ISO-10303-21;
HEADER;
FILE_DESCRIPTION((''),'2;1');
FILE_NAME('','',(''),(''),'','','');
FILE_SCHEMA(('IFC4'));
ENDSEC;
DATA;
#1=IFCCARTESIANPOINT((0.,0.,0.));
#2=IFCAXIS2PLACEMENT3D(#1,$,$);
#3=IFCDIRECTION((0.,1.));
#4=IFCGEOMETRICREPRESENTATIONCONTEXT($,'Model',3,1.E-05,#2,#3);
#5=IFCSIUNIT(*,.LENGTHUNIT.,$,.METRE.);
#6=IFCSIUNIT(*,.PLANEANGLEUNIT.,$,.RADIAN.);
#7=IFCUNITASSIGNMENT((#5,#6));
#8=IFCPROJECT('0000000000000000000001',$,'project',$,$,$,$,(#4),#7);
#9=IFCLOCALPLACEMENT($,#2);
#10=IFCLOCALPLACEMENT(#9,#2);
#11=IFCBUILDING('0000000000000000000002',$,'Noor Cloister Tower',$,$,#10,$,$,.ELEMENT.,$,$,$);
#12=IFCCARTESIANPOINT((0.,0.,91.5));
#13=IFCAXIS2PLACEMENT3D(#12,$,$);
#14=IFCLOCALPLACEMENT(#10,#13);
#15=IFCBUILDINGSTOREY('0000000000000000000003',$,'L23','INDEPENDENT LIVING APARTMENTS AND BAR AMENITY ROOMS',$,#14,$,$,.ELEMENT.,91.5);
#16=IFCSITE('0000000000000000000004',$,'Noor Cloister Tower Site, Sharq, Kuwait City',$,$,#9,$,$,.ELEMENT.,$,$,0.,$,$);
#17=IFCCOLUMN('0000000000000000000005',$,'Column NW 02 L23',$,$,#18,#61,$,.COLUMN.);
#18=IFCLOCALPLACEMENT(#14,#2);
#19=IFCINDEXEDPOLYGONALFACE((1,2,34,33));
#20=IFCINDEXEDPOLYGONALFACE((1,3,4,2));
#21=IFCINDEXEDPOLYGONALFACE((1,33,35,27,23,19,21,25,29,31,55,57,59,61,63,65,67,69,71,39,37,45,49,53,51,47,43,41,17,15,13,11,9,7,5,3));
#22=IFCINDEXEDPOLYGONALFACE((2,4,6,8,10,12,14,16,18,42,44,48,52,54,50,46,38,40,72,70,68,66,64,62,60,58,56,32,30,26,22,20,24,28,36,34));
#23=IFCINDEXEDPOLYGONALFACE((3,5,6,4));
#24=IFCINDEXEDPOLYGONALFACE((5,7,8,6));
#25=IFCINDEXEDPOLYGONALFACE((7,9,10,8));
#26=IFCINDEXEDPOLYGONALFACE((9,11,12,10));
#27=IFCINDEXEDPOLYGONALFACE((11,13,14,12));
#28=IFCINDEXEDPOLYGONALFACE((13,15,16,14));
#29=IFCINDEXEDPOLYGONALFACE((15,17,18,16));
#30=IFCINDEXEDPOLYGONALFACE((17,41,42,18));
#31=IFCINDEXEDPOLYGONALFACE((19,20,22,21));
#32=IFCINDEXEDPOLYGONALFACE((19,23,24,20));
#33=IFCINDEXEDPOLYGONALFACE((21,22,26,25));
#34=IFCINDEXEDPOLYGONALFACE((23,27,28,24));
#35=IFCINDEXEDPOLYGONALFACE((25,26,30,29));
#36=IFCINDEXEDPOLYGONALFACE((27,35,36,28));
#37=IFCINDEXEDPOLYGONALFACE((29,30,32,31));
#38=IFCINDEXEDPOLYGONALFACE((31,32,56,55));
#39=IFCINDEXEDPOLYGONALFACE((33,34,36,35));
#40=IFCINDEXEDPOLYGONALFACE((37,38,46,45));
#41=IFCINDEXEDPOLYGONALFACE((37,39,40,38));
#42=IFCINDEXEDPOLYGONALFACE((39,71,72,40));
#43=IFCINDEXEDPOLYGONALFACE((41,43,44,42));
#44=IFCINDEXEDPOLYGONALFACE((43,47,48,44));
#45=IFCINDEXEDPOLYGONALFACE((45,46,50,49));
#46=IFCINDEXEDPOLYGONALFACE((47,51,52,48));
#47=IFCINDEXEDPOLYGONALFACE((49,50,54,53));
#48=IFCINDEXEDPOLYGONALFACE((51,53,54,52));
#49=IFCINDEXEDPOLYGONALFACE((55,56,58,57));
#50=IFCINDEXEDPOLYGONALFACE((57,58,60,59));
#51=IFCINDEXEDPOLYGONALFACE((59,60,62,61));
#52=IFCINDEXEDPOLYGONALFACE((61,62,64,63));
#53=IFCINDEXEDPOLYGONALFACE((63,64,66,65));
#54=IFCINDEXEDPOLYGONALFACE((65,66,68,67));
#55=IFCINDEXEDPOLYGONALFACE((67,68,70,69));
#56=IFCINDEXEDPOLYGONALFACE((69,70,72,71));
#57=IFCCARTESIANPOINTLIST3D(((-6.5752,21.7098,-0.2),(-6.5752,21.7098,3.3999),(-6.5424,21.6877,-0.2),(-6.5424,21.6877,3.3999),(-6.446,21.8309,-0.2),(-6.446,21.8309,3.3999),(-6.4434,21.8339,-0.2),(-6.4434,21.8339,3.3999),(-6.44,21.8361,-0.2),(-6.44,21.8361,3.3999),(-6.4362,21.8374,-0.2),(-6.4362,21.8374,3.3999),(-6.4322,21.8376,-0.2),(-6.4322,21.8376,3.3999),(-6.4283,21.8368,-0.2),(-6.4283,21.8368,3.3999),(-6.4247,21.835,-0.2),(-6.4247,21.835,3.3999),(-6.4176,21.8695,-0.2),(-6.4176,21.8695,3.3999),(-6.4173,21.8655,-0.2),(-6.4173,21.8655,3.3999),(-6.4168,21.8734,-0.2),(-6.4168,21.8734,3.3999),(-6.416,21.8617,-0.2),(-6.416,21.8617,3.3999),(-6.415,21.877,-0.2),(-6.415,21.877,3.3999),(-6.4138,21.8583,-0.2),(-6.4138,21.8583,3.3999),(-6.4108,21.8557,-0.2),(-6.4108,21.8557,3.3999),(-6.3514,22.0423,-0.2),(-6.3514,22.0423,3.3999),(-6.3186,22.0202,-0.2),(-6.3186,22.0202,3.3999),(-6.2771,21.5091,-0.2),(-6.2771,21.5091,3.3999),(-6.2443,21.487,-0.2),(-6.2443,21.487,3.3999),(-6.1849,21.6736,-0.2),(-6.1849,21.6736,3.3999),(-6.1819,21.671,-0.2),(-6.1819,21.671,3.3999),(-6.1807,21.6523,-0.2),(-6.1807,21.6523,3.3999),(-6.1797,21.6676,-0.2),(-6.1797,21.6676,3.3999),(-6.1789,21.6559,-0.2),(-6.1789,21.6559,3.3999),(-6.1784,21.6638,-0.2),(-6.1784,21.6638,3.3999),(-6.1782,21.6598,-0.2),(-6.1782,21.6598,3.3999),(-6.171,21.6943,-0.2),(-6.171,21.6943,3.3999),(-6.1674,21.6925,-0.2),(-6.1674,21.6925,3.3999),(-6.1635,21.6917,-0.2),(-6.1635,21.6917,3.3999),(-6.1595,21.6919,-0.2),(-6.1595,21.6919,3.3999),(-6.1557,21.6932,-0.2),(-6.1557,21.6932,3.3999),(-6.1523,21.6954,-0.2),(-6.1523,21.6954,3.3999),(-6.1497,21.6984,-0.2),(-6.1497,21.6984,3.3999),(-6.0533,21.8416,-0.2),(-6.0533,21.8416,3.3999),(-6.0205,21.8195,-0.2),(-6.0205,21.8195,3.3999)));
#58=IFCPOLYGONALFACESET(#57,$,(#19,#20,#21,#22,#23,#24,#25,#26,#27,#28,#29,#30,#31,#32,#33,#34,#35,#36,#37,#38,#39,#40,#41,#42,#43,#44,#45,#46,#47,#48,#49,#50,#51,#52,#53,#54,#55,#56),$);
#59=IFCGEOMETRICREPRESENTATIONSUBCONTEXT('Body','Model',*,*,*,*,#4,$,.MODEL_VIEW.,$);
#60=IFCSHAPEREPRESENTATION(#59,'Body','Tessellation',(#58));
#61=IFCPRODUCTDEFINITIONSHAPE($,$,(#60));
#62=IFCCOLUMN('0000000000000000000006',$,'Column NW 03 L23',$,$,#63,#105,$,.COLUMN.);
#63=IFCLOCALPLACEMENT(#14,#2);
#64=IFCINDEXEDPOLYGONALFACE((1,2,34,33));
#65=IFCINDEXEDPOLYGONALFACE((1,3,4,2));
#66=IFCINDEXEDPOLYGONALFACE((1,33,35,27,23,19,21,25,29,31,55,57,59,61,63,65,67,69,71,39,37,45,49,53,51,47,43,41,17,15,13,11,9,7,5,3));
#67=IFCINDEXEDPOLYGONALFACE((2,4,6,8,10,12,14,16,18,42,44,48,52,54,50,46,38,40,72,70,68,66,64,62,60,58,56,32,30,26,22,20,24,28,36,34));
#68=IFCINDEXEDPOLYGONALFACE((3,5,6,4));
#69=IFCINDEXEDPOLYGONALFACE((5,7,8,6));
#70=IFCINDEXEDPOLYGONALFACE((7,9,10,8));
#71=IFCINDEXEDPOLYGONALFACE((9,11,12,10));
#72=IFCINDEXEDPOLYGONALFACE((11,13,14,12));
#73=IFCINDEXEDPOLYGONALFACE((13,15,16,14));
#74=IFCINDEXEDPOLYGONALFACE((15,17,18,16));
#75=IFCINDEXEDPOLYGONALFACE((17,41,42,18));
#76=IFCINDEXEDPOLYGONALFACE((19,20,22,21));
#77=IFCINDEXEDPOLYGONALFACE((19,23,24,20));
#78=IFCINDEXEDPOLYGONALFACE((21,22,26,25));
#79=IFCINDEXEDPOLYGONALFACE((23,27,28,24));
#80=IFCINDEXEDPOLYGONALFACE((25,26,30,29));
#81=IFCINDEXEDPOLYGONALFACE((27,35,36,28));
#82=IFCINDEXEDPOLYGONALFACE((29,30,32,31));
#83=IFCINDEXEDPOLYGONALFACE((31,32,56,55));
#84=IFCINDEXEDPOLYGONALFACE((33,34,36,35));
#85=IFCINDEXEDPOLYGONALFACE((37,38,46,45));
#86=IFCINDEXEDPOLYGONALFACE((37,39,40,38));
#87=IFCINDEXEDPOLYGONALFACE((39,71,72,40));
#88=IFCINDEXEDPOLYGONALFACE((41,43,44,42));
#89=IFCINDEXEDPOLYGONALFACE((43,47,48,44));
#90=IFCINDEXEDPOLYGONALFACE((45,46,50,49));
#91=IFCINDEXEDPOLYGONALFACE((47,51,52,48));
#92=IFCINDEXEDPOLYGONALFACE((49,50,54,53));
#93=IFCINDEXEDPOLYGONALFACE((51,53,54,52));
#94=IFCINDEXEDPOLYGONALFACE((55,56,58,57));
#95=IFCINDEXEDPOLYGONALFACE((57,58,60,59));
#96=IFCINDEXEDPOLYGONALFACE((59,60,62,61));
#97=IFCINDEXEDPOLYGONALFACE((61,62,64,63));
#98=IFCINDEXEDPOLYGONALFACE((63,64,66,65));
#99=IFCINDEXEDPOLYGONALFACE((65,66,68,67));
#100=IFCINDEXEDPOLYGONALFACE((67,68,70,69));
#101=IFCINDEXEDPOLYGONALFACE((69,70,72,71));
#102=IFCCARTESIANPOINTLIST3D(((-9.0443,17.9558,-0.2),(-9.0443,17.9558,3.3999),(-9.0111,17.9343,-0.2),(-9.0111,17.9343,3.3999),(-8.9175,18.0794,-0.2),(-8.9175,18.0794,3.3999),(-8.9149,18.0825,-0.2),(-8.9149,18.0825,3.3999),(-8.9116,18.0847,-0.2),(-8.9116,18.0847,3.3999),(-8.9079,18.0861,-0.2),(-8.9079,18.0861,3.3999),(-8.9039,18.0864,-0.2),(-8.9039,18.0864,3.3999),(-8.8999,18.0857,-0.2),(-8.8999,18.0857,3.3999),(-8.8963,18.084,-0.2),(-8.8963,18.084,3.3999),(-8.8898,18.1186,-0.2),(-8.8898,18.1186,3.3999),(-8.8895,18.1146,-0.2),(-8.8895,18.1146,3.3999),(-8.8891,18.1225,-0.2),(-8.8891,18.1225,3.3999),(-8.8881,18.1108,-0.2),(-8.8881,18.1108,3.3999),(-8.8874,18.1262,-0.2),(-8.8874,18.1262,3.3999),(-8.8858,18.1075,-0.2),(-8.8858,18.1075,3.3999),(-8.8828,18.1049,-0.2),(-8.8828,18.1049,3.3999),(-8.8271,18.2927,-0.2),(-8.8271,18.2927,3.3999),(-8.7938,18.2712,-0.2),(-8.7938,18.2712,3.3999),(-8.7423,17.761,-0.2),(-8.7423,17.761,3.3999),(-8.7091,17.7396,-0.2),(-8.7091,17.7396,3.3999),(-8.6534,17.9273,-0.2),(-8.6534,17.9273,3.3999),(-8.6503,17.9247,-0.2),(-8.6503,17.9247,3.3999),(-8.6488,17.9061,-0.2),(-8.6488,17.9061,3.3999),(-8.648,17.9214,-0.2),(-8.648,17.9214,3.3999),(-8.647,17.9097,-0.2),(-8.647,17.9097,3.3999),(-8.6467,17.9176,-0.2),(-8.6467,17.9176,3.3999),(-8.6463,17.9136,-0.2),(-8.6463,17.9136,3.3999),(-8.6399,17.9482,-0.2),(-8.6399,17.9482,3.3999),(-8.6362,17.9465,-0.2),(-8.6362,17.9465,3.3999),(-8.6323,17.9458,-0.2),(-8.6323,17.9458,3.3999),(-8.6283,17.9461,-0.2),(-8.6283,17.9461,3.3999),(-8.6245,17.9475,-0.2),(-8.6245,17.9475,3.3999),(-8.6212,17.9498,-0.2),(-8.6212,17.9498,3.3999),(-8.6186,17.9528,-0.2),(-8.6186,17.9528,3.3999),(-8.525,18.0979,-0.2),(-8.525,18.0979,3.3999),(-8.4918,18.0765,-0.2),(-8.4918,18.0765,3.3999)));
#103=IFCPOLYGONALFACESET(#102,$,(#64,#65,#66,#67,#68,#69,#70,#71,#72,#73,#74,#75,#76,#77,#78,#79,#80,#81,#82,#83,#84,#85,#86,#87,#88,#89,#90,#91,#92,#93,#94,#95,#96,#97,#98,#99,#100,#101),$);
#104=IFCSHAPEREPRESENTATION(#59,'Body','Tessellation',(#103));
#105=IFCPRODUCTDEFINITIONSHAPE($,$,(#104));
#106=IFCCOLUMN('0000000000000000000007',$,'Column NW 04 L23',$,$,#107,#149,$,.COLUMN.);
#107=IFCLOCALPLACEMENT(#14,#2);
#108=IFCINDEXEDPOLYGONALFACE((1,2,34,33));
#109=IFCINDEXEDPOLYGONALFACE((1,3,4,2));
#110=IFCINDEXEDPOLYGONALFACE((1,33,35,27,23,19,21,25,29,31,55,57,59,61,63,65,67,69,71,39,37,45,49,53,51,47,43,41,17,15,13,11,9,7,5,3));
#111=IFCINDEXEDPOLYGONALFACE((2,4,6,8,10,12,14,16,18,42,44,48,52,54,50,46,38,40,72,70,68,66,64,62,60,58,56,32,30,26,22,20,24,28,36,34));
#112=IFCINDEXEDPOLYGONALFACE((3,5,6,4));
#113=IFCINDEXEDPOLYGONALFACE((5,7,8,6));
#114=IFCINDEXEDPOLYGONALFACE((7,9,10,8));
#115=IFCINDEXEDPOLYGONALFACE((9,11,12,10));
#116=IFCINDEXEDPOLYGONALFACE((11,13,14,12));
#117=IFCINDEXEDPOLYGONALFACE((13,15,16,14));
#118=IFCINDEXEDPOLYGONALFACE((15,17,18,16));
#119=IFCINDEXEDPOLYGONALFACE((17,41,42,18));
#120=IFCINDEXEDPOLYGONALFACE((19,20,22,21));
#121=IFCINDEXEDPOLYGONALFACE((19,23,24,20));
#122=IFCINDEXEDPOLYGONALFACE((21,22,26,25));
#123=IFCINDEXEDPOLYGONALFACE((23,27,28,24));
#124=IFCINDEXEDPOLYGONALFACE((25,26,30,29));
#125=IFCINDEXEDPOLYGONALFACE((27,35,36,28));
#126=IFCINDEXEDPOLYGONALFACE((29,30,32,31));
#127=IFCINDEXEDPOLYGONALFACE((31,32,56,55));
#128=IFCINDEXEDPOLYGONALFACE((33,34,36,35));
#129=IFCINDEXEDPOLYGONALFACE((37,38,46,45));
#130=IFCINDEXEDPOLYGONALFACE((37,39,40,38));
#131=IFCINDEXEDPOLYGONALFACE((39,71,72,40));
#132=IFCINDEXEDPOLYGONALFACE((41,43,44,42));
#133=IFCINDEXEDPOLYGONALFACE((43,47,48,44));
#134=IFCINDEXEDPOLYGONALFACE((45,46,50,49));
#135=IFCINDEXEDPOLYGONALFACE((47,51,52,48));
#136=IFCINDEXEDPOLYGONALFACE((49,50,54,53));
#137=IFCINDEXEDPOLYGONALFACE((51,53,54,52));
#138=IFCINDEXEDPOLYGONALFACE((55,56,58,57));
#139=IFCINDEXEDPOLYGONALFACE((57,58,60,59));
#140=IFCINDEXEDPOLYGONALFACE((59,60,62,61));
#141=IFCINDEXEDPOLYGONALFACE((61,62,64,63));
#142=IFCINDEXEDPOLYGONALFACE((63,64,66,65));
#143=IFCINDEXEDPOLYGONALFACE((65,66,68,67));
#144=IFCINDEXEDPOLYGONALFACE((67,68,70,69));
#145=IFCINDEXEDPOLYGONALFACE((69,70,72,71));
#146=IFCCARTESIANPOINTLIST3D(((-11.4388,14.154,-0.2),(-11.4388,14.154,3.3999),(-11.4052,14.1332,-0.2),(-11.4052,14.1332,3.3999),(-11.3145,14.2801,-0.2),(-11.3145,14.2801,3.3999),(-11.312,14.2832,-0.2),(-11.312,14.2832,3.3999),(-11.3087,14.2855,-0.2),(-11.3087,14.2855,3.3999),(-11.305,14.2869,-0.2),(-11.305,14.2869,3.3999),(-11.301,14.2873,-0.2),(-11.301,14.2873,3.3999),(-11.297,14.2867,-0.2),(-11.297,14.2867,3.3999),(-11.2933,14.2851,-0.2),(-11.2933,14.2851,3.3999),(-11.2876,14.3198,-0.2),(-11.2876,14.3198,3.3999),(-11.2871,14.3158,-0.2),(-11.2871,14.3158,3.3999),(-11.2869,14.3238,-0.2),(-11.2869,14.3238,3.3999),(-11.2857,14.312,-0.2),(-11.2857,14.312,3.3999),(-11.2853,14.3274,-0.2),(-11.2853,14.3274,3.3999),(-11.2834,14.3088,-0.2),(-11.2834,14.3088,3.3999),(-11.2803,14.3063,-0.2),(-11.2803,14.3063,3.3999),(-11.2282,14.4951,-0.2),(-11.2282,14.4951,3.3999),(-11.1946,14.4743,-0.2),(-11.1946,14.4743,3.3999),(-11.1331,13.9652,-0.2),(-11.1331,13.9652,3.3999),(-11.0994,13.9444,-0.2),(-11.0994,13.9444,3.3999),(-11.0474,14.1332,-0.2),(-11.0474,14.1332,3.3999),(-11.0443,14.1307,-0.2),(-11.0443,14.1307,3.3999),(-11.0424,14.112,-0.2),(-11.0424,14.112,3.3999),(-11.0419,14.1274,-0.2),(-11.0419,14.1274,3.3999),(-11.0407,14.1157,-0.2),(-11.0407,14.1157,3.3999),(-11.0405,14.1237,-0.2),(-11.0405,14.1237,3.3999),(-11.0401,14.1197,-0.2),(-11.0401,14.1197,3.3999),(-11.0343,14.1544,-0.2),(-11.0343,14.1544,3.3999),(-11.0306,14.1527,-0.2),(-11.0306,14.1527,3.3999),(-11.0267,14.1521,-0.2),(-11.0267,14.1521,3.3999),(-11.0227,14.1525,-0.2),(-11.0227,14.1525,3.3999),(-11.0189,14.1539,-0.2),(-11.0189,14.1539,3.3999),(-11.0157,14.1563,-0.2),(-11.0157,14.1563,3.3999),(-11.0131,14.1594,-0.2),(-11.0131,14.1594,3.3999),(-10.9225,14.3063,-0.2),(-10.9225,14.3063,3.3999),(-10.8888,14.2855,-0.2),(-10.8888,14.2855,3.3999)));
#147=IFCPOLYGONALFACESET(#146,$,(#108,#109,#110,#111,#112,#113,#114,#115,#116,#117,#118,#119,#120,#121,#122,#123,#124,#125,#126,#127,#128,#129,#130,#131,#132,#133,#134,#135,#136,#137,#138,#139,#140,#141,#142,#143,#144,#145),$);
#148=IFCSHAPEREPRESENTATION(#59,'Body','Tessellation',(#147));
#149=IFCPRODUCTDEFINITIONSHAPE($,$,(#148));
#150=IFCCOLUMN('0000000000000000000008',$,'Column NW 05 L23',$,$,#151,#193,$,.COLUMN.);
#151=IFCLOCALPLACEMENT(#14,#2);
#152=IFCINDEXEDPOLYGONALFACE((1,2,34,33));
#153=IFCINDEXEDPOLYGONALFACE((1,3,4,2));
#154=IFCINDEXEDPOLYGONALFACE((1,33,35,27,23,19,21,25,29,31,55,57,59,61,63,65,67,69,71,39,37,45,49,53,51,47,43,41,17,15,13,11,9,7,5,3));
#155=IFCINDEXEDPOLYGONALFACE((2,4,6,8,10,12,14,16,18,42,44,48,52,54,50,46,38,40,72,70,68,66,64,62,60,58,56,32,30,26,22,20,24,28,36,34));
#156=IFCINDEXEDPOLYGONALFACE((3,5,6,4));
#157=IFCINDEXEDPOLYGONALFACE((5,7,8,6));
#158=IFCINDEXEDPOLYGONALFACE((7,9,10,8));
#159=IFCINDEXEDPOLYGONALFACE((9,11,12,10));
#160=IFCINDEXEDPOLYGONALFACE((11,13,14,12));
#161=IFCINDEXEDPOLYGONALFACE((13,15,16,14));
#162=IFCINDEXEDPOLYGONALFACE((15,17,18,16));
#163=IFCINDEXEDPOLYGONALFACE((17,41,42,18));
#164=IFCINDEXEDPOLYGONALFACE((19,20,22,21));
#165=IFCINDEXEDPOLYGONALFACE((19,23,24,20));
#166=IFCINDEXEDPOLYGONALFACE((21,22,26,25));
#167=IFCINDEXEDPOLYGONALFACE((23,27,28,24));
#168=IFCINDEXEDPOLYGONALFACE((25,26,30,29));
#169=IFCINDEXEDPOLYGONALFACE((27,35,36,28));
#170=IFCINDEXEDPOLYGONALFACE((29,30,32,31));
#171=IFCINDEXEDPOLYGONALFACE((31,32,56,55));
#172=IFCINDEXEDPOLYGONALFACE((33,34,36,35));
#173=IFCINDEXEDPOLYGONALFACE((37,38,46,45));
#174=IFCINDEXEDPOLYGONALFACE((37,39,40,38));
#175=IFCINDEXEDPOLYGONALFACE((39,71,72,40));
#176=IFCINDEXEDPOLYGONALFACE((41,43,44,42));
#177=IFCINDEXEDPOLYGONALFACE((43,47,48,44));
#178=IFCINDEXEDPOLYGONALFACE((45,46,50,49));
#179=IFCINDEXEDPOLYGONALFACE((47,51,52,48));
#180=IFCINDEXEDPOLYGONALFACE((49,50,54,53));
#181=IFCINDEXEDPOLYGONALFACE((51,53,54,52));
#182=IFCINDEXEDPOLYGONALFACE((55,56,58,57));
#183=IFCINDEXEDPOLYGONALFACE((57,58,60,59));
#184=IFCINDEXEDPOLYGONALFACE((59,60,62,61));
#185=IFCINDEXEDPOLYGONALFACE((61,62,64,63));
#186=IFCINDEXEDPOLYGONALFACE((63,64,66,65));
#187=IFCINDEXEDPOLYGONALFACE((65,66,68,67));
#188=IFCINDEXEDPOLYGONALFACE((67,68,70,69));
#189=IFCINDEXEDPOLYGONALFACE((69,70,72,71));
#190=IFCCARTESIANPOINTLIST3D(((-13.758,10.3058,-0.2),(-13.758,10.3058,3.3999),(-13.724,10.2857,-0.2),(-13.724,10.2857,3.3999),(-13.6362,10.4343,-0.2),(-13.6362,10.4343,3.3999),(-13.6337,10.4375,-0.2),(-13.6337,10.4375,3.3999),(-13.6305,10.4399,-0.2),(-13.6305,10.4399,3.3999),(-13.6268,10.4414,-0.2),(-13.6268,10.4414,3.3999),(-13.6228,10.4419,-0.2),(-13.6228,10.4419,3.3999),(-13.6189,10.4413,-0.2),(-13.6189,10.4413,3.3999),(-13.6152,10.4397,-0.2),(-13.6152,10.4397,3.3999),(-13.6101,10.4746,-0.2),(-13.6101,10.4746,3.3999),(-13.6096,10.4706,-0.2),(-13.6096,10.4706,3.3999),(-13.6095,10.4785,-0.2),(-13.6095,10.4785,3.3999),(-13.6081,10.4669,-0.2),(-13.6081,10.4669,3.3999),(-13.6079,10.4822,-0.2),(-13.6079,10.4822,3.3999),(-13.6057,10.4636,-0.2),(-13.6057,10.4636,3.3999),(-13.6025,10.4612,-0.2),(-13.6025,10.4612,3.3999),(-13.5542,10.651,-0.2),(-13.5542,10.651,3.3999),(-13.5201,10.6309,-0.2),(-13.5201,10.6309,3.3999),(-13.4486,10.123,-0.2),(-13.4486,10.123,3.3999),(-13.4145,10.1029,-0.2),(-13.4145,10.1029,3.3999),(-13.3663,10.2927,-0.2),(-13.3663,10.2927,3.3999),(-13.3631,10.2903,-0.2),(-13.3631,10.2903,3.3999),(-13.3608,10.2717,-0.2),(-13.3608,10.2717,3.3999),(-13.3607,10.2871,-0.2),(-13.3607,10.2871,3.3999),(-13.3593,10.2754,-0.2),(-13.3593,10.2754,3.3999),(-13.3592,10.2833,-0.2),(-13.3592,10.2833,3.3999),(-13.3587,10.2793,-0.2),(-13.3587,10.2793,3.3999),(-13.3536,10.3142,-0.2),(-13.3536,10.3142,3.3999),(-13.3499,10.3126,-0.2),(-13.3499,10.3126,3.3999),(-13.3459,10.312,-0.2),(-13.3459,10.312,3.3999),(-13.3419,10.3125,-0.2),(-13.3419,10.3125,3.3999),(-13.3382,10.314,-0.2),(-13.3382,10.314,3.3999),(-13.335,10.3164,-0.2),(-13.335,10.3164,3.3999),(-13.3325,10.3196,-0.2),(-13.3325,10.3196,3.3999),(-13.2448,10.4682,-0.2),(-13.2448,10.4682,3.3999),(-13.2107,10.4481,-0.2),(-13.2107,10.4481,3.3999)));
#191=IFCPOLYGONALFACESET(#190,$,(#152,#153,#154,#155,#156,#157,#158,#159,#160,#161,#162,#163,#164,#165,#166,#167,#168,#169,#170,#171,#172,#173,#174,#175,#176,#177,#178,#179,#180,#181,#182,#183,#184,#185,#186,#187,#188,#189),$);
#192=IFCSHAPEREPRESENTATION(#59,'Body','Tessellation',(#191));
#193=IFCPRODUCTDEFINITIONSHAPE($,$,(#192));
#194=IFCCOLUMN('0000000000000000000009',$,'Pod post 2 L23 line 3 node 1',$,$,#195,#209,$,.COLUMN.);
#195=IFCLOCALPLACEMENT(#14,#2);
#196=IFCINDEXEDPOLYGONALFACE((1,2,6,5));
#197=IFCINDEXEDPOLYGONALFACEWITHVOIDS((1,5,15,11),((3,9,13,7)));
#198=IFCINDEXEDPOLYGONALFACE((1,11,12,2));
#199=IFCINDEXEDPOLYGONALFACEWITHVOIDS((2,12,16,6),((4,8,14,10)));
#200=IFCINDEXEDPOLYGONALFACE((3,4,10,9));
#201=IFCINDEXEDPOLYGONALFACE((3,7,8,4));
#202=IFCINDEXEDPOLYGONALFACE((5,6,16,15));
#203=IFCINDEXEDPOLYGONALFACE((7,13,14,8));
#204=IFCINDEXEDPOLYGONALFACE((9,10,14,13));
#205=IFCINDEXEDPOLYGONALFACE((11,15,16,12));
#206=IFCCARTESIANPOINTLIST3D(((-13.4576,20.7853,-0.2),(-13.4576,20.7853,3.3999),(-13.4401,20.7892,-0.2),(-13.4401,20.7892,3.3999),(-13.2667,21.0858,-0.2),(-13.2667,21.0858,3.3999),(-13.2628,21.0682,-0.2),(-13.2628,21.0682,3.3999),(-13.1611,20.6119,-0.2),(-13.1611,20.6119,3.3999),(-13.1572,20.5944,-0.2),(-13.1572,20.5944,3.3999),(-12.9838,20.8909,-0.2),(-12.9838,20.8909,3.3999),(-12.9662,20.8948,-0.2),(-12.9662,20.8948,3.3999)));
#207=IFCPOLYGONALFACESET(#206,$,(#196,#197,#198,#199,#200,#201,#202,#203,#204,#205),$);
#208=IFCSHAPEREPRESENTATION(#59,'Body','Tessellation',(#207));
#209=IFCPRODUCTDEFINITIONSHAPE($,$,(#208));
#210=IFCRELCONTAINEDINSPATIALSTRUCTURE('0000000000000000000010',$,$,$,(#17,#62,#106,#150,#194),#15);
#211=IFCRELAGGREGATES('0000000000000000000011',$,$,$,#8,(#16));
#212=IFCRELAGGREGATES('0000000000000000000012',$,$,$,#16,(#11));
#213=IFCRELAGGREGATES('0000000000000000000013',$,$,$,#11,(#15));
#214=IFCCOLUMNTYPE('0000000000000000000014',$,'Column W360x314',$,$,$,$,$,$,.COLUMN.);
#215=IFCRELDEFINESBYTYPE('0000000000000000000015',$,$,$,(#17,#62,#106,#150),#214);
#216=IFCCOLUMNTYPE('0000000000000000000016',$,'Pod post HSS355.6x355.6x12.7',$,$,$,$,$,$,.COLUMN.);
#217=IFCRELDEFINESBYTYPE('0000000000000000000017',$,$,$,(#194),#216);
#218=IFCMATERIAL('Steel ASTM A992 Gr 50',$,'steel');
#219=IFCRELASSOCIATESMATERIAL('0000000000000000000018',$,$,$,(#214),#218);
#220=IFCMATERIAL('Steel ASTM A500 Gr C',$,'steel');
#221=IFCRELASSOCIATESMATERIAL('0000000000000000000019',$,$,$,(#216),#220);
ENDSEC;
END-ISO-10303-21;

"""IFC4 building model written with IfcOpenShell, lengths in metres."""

from ifc_helpers import new_model, si_unit, direction, frame, origin, origin_2d, place, context, subcontext, project, spatial, hollow_rectangle, i_section, extrude, material, material_profile, profile_set, type_object, element, save


model = new_model("IFC4")

# Units and contexts
model_context = context("Model", 3, precision=1e-05, world=origin(), true_north=direction((0.0, 1.0)))
body_context = subcontext(model_context, "Body", "Model", "MODEL_VIEW")
ifc_project = project(units=[si_unit("LENGTHUNIT", "METRE"), si_unit("PLANEANGLEUNIT", "RADIAN")], contexts=[model_context])

# Site, building, storey
site_placement = place(None, origin())
site = spatial("IfcSite", under=ifc_project, at=site_placement, Name="Noor Cloister Tower Site, Sharq, Kuwait City", CompositionType="ELEMENT", RefElevation=0.0)
building_placement = place(site_placement, origin())
building = spatial("IfcBuilding", under=site, at=building_placement, Name="Noor Cloister Tower", CompositionType="ELEMENT")
storey_placement = place(building_placement, frame((0.0, 0.0, 91.5)))
storey = spatial("IfcBuildingStorey", under=building, at=storey_placement, Name="L23", Description="INDEPENDENT LIVING APARTMENTS AND BAR AMENITY ROOMS", CompositionType="ELEMENT", Elevation=91.5)

# Columns
ifc_material_1 = material(Name="Steel ASTM A992 Gr 50", Category="steel")
ifc_material_profile_1 = material_profile(ifc_material_1, i_section(OverallWidth=0.4009, OverallDepth=0.3989, WebThickness=0.0249, FlangeThickness=0.0396, FilletRadius=0.0154, at=origin_2d()), Name="W360x314")
ifc_profile_set_1 = profile_set([ifc_material_profile_1], Name="Steel ASTM A992 Gr 50")
column_type_1 = type_object("IfcColumnType", Name="Column W360x314", PredefinedType="COLUMN", material=ifc_profile_set_1)
for number, where, z_axis, x_axis, name in (
    (1, (-6.2979, 21.7646, -0.2), (0.0, 0.0, 1.0), (-0.558429, -0.829553, 0.0), "Column NW 02 L23"),
    (2, (-8.7681, 18.0161, -0.2), (0.0, 0.0, 1.0), (-0.541993, -0.840383, 0.0), "Column NW 03 L23"),
    (3, (-11.1638, 14.2197, -0.2), (0.0, 0.0, 1.0), (-0.525348, -0.850888, 0.0), "Column NW 04 L23"),
    (4, (-13.4844, 10.377, -0.2), (0.0, 0.0, 1.0), (-0.508499, -0.861063, 0.0), "Column NW 05 L23"),
):
    element("IfcColumn", number, at=place(storey_placement, frame(where, z_axis=z_axis, x_axis=x_axis)), inside=storey, type_object=column_type_1, Name=name, PredefinedType="COLUMN", context=body_context, shape_type="SweptSolid", body=[
        extrude(i_section(OverallWidth=0.4009, OverallDepth=0.3989, WebThickness=0.0249, FlangeThickness=0.0396, FilletRadius=0.0154, at=origin_2d()), origin(), (0.0, 0.0, 1.0), 3.5999),
    ])
ifc_material_2 = material(Name="Steel ASTM A500 Gr C", Category="steel")
ifc_material_profile_2 = material_profile(ifc_material_2, hollow_rectangle(XDim=0.356, YDim=0.356, WallThickness=0.0127, at=origin_2d()), Name="HSS355.6x355.6x12.7")
ifc_profile_set_2 = profile_set([ifc_material_profile_2], Name="Steel ASTM A500 Gr C")
column_type_2 = type_object("IfcColumnType", Name="Pod post HSS355.6x355.6x12.7", PredefinedType="COLUMN", material=ifc_profile_set_2)
for number, where, z_axis, x_axis, name in (
    (5, (-13.2119, 20.8401, -0.2), (0.0, 0.0, 1.0), (-0.843996, 0.53635, 0.0), "Pod post 2 L23 line 3 node 1"),
):
    element("IfcColumn", number, at=place(storey_placement, frame(where, z_axis=z_axis, x_axis=x_axis)), inside=storey, type_object=column_type_2, Name=name, PredefinedType="COLUMN", context=body_context, shape_type="SweptSolid", body=[
        extrude(hollow_rectangle(XDim=0.356, YDim=0.356, WallThickness=0.0127, at=origin_2d()), origin(), (0.0, 0.0, 1.0), 3.5999),
    ])

save(model, "model.ifc")
